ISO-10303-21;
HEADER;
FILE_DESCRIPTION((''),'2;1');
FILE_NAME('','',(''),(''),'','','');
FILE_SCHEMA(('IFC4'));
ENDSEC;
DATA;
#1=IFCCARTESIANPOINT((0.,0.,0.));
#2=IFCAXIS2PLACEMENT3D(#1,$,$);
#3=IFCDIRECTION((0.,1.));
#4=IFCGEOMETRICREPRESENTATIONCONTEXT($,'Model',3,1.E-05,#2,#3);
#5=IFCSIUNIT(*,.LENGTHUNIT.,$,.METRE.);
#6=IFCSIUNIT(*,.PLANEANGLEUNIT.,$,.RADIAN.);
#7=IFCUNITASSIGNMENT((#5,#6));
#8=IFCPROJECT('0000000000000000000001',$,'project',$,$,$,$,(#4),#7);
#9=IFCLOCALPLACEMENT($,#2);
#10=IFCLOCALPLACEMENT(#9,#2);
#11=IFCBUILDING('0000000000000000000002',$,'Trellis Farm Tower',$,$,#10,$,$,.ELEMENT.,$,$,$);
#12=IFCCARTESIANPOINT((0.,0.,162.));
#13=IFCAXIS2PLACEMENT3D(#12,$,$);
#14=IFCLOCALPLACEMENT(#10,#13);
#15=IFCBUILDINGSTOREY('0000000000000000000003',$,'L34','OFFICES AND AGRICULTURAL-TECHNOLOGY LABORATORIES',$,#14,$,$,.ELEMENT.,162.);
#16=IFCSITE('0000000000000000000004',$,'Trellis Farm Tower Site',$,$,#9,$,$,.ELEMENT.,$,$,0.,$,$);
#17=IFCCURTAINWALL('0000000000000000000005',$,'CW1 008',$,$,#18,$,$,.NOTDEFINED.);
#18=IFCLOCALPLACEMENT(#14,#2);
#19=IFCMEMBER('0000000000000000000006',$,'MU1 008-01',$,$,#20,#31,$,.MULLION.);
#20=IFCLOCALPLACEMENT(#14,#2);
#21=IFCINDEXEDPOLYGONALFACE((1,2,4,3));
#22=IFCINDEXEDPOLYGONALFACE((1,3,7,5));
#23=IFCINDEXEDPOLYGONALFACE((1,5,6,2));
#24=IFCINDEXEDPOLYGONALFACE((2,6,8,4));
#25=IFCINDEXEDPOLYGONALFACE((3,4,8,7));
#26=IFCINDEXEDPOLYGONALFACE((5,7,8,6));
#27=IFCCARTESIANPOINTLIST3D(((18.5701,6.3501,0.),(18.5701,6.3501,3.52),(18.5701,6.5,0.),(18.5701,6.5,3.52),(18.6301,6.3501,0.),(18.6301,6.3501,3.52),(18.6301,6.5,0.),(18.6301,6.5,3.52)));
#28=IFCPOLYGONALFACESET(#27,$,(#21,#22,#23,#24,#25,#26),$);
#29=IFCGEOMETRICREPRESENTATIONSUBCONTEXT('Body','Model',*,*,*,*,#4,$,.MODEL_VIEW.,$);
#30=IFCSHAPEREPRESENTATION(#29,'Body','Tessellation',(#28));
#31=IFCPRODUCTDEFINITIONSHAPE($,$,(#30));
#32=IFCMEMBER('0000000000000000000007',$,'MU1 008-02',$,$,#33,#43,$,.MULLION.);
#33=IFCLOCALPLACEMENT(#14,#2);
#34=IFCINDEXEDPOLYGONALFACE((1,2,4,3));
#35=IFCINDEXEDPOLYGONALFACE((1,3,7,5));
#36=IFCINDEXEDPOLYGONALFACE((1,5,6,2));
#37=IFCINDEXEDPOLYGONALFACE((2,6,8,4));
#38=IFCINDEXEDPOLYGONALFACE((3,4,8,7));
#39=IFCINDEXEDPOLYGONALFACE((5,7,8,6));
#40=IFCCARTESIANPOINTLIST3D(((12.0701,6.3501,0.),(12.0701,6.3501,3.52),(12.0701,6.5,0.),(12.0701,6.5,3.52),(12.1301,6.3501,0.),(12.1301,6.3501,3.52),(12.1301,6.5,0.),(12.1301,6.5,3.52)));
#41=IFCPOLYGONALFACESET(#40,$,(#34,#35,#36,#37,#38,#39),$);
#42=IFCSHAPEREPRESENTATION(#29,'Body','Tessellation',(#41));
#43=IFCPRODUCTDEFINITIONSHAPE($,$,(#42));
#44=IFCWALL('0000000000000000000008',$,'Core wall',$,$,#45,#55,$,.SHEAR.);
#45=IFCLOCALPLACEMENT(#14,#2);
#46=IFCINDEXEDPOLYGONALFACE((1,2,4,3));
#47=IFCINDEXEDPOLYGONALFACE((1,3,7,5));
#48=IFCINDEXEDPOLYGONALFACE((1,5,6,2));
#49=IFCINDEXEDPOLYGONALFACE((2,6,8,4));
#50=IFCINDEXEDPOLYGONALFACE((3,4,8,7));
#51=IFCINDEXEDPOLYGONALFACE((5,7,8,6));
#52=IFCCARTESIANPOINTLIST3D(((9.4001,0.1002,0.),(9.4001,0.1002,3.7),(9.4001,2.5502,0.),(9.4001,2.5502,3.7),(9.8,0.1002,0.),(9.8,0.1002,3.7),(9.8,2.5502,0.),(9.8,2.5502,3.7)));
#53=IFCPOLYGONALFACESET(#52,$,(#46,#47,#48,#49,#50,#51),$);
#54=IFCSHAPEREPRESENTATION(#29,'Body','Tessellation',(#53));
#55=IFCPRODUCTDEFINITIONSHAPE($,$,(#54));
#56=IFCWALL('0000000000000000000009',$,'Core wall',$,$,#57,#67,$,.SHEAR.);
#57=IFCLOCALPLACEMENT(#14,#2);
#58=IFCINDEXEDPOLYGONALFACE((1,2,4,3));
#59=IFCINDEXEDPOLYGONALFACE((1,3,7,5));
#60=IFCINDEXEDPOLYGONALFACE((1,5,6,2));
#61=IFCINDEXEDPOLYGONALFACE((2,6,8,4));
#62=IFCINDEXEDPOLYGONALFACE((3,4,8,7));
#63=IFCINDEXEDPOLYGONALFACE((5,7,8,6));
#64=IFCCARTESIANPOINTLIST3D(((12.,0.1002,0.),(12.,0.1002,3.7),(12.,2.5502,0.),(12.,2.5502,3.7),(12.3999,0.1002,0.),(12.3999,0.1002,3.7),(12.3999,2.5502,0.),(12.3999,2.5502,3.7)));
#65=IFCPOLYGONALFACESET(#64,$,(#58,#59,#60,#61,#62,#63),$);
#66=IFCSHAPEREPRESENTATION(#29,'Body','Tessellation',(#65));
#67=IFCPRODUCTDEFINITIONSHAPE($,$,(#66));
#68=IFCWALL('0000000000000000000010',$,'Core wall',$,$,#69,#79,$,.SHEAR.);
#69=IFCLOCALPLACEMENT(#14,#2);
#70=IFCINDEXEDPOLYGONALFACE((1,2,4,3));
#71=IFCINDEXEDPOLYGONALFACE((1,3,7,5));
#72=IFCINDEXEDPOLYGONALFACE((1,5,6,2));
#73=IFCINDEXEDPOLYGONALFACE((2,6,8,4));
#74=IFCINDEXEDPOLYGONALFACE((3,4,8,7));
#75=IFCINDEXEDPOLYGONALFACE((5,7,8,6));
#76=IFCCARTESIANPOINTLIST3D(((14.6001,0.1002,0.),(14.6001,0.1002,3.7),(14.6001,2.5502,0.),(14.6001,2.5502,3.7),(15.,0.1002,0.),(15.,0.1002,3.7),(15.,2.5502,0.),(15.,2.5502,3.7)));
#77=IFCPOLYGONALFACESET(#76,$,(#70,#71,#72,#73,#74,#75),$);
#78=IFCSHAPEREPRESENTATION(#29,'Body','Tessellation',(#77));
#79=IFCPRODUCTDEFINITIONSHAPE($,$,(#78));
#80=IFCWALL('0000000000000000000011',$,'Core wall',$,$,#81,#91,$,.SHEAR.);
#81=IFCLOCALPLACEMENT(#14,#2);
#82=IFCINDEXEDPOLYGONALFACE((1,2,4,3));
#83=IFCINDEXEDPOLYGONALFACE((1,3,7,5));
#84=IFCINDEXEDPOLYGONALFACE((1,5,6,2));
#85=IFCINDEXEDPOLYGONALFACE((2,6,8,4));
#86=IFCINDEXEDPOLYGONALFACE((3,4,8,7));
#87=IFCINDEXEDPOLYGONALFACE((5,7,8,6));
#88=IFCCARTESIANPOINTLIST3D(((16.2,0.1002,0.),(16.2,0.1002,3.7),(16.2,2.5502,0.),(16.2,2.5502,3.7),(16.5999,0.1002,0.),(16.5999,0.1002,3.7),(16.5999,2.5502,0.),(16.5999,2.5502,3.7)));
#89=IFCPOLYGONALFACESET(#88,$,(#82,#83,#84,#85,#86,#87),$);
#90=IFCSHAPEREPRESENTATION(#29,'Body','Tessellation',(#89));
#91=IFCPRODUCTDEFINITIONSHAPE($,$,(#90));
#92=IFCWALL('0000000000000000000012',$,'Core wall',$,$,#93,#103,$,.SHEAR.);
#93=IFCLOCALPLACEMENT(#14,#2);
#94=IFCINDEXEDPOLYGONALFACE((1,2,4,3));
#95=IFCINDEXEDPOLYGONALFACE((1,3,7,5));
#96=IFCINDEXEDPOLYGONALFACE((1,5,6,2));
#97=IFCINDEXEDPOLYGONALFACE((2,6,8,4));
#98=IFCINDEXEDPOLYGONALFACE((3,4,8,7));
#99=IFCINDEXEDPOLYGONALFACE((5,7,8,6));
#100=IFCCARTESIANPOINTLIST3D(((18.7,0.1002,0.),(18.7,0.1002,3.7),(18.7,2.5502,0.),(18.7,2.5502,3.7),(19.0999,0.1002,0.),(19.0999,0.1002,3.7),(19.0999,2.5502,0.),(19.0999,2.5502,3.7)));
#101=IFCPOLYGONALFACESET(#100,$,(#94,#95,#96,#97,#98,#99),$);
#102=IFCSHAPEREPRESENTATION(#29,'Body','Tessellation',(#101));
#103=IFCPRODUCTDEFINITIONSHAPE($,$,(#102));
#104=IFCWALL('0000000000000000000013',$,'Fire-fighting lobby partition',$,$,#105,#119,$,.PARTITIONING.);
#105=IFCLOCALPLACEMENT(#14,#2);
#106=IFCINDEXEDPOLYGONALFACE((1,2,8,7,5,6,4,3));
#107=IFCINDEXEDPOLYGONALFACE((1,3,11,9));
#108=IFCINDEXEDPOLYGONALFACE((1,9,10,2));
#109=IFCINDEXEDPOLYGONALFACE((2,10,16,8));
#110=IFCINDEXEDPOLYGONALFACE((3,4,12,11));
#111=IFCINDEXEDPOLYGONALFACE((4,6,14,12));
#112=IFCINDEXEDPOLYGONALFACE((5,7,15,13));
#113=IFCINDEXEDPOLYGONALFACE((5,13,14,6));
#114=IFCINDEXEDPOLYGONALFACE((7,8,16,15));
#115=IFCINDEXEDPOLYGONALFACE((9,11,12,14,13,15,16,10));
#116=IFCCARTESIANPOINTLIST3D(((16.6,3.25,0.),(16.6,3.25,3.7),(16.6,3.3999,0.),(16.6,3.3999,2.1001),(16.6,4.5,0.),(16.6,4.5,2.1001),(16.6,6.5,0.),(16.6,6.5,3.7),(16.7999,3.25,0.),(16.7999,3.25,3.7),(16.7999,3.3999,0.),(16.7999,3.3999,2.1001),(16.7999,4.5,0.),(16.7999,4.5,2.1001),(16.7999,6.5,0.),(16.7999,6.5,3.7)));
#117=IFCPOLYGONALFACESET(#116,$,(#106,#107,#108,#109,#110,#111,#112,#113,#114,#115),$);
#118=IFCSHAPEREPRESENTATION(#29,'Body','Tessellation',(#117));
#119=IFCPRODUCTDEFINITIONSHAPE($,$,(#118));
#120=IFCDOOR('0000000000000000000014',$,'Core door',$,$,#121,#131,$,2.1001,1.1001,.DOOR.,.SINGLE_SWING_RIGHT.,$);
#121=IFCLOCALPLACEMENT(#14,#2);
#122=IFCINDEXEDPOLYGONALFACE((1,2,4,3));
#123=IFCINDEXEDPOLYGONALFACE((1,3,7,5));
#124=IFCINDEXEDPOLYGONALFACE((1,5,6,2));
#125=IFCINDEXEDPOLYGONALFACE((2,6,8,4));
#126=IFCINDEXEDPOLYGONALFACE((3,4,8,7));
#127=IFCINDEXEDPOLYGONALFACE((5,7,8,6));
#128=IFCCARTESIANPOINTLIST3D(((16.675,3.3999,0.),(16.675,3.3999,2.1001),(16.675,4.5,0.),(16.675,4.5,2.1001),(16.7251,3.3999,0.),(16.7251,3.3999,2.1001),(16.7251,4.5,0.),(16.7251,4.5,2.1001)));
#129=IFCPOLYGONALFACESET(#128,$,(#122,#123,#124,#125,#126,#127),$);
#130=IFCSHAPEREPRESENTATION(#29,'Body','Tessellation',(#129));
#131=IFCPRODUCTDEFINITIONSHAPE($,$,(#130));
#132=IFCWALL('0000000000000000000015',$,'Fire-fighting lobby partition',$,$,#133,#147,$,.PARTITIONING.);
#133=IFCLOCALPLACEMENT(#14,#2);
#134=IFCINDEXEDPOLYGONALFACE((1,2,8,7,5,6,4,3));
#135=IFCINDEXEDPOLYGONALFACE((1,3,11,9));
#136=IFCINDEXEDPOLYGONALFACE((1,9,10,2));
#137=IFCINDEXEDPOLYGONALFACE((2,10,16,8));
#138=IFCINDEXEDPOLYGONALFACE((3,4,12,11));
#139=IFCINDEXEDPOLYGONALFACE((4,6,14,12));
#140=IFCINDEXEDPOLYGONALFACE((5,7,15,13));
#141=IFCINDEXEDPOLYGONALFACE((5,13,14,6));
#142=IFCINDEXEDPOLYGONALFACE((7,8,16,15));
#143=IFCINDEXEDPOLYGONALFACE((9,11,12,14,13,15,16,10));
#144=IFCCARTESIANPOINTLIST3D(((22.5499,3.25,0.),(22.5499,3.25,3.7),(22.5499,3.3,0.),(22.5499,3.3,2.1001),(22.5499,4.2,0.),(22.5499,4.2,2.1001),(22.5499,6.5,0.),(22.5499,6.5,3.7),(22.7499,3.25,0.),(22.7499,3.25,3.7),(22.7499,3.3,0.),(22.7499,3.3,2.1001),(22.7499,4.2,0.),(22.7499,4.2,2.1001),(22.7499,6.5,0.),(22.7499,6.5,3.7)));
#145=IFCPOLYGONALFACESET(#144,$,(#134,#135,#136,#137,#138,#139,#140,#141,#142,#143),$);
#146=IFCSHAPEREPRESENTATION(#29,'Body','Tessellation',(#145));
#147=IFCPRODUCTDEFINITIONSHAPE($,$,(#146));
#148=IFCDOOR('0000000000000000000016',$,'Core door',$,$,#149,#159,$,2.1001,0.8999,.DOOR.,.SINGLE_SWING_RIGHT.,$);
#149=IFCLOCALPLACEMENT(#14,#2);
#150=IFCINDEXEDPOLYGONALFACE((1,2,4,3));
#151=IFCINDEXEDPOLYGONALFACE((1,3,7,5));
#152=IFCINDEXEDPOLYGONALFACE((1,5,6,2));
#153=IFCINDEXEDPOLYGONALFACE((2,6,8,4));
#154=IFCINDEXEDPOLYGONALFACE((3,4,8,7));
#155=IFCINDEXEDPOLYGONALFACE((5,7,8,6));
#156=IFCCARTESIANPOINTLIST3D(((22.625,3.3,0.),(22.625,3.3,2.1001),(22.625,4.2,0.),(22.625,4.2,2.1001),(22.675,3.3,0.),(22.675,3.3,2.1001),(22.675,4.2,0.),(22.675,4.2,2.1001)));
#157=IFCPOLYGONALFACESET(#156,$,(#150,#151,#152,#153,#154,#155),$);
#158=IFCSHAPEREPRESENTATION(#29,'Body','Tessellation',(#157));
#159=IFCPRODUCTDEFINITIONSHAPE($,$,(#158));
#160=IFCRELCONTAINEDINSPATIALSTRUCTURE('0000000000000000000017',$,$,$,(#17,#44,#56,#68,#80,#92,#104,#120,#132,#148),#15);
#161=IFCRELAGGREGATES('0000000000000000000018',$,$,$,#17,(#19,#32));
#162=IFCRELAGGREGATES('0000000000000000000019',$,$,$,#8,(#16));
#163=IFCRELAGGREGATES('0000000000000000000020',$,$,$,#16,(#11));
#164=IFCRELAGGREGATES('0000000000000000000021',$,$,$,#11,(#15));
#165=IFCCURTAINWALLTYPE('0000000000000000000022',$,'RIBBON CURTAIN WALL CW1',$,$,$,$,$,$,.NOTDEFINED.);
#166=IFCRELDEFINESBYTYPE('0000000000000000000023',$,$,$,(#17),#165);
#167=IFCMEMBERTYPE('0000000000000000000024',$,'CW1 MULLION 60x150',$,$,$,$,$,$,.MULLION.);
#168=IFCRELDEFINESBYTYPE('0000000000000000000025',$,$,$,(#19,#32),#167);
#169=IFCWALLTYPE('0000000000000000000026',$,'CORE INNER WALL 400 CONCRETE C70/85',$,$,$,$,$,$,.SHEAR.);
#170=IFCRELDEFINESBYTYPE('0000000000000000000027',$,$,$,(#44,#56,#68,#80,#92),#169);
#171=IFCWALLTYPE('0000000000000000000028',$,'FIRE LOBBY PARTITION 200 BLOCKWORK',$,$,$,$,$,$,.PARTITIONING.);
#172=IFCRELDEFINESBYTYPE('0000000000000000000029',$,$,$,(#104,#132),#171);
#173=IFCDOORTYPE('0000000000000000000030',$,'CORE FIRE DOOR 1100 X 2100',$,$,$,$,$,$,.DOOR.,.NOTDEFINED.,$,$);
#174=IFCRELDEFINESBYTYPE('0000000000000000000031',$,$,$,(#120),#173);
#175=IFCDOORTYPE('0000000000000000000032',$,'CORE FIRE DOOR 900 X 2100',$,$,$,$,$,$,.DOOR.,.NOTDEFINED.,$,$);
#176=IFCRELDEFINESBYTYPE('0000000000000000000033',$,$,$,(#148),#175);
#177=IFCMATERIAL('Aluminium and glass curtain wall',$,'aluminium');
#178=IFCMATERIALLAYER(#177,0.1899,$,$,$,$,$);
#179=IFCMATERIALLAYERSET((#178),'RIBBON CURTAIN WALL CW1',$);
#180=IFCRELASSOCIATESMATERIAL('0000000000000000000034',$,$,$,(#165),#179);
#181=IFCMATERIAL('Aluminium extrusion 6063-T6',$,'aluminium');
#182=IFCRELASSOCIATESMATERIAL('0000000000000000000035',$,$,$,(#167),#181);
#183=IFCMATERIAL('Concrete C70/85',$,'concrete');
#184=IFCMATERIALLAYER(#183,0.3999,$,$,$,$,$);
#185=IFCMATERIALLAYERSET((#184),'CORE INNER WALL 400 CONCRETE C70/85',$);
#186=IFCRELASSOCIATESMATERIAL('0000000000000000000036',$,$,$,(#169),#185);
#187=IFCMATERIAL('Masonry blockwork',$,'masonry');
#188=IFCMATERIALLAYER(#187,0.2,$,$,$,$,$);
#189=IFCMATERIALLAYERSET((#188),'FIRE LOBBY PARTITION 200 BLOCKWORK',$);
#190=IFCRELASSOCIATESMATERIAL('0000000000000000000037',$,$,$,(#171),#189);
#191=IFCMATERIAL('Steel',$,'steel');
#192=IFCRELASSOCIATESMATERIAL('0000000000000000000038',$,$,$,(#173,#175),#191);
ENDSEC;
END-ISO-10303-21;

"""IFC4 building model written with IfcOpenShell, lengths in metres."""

from ifc_helpers import new_model, si_unit, direction, frame, frame_2d, origin, origin_2d, place, context, subcontext, project, spatial, rectangle, extrude, source, transform, mapped, material, layer, layer_set, material_profile, profile_set, type_object, element, fill, aggregate, save


model = new_model("IFC4")

# Units and contexts
model_context = context("Model", 3, precision=1e-05, world=origin(), true_north=direction((0.0, 1.0)))
body_context = subcontext(model_context, "Body", "Model", "MODEL_VIEW")
ifc_project = project(units=[si_unit("LENGTHUNIT", "METRE"), si_unit("PLANEANGLEUNIT", "RADIAN")], contexts=[model_context])

# Site, building, storey
site_placement = place(None, origin())
site = spatial("IfcSite", under=ifc_project, at=site_placement, Name="Trellis Farm Tower Site", CompositionType="ELEMENT", RefElevation=0.0)
building_placement = place(site_placement, origin())
building = spatial("IfcBuilding", under=site, at=building_placement, Name="Trellis Farm Tower", CompositionType="ELEMENT")
storey_placement = place(building_placement, frame((0.0, 0.0, 162.0)))
storey = spatial("IfcBuildingStorey", under=building, at=storey_placement, Name="L34", Description="OFFICES AND AGRICULTURAL-TECHNOLOGY LABORATORIES", CompositionType="ELEMENT", Elevation=162.0)

# Shared definitions
ifc_material_1 = material(Name="Concrete C70/85", Category="concrete")

# Curtain wall, members
ifc_material_2 = material(Name="Aluminium and glass curtain wall", Category="aluminium")
ifc_layer_1 = layer(ifc_material_2, 0.1899)
ifc_layer_set_1 = layer_set([ifc_layer_1], Name="RIBBON CURTAIN WALL CW1")
curtain_wall_type = type_object("IfcCurtainWallType", Name="RIBBON CURTAIN WALL CW1", PredefinedType="NOTDEFINED", material=ifc_layer_set_1)
placement = place(storey_placement, origin())
ifc_material_3 = material(Name="Aluminium extrusion 6063-T6", Category="aluminium")
ifc_material_profile_1 = material_profile(ifc_material_3, rectangle(XDim=0.0601, YDim=0.1499, at=origin_2d()), Name="MULLION 60x150")
ifc_profile_set_1 = profile_set([ifc_material_profile_1], Name="Aluminium extrusion 6063-T6")
member_type = type_object("IfcMemberType", Name="CW1 MULLION 60x150", PredefinedType="MULLION", material=ifc_profile_set_1)
shared_shape_1 = source(origin(), body_context, "Body", "SweptSolid", [
    extrude(rectangle(XDim=0.0601, YDim=0.1499, at=origin_2d()), origin(), (0.0, 0.0, 1.0), 3.52),
])
curtain_wall_1 = element("IfcCurtainWall", 1, at=placement, inside=storey, type_object=curtain_wall_type, Name="CW1 008", PredefinedType="NOTDEFINED")
member_1_placement = place(storey_placement, frame((18.6001, 6.425, 0.0), z_axis=(0.0, 0.0, 1.0), x_axis=(-1.0, 0.0, 0.0)))
member_1 = element("IfcMember", 2, at=member_1_placement, type_object=member_type, Name="MU1 008-01", PredefinedType="MULLION", context=body_context, shape_type="MappedRepresentation", body=[
    mapped(shared_shape_1, transform((0.0, 0.0, 0.0))),
])
member_2_placement = place(storey_placement, frame((12.1001, 6.425, 0.0), z_axis=(0.0, 0.0, 1.0), x_axis=(-1.0, 0.0, 0.0)))
member_2 = element("IfcMember", 3, at=member_2_placement, type_object=member_type, Name="MU1 008-02", PredefinedType="MULLION", context=body_context, shape_type="MappedRepresentation", body=[
    mapped(shared_shape_1, transform((0.0, 0.0, 0.0))),
])
aggregate(curtain_wall_1, [member_1, member_2])

# Walls
ifc_layer_2 = layer(ifc_material_1, 0.3999)
ifc_layer_set_2 = layer_set([ifc_layer_2], Name="CORE INNER WALL 400 CONCRETE C70/85")
wall_type_1 = type_object("IfcWallType", Name="CORE INNER WALL 400 CONCRETE C70/85", PredefinedType="SHEAR", material=ifc_layer_set_2)
shared_shape_2 = source(origin(), body_context, "Body", "SweptSolid", [
    extrude(rectangle(XDim=2.45, YDim=0.3999, at=frame_2d((1.2251, 0.0))), origin(), (0.0, 0.0, 1.0), 3.7),
])
for number, where, z_axis, x_axis, name in (
    (4, (9.6001, 0.1001, 0.0), (0.0, 0.0, 1.0), (0.0, 1.0, 0.0), "Core wall"),
    (5, (12.2, 0.1001, 0.0), (0.0, 0.0, 1.0), (0.0, 1.0, 0.0), "Core wall"),
    (6, (14.8, 0.1001, 0.0), (0.0, 0.0, 1.0), (0.0, 1.0, 0.0), "Core wall"),
    (7, (16.3999, 0.1001, 0.0), (0.0, 0.0, 1.0), (0.0, 1.0, 0.0), "Core wall"),
    (8, (18.8999, 0.1001, 0.0), (0.0, 0.0, 1.0), (0.0, 1.0, 0.0), "Core wall"),
):
    element("IfcWall", number, at=place(storey_placement, frame(where, z_axis=z_axis, x_axis=x_axis)), inside=storey, type_object=wall_type_1, Name=name, PredefinedType="SHEAR", context=body_context, shape_type="MappedRepresentation", body=[
        mapped(shared_shape_2, transform((0.0, 0.0, 0.0))),
    ])

# Walls, openings, doors
ifc_material_4 = material(Name="Masonry blockwork", Category="masonry")
ifc_layer_3 = layer(ifc_material_4, 0.2)
ifc_layer_set_3 = layer_set([ifc_layer_3], Name="FIRE LOBBY PARTITION 200 BLOCKWORK")
wall_type_2 = type_object("IfcWallType", Name="FIRE LOBBY PARTITION 200 BLOCKWORK", PredefinedType="PARTITIONING", material=ifc_layer_set_3)
shared_shape_3 = source(origin(), body_context, "Body", "SweptSolid", [
    extrude(rectangle(XDim=3.25, YDim=0.2, at=frame_2d((1.625, 0.0))), origin(), (0.0, 0.0, 1.0), 3.7),
])
wall_1_placement = place(storey_placement, frame((16.7, 3.25, 0.0), z_axis=(0.0, 0.0, 1.0), x_axis=(0.0, 1.0, 0.0)))
wall_1 = element("IfcWall", 9, at=wall_1_placement, inside=storey, type_object=wall_type_2, Name="Fire-fighting lobby partition", PredefinedType="PARTITIONING", context=body_context, shape_type="MappedRepresentation", body=[
    mapped(shared_shape_3, transform((0.0, 0.0, 0.0))),
])
shared_shape_4 = source(origin(), body_context, "Body", "SweptSolid", [
    extrude(rectangle(XDim=1.1001, YDim=2.1001, at=frame_2d((0.55, 1.05))), frame((0.0, 0.1101, 0.0), z_axis=(0.0, -1.0, 0.0), x_axis=(1.0, 0.0, 0.0)), (0.0, 0.0, 1.0), 0.2202),
])
opening_1_placement = place(wall_1_placement, frame((0.1499, 0.0, 0.0)))
opening_1 = element("IfcOpeningElement", 10, at=opening_1_placement, cuts=wall_1, PredefinedType="OPENING", context=body_context, shape_type="MappedRepresentation", body=[
    mapped(shared_shape_4, transform((0.0, 0.0, 0.0))),
])
ifc_material_5 = material(Name="Steel", Category="steel")
door_type_1 = type_object("IfcDoorType", Name="CORE FIRE DOOR 1100 X 2100", OperationType="NOTDEFINED", PredefinedType="DOOR", material=ifc_material_5)
shared_shape_5 = source(origin(), body_context, "Body", "SweptSolid", [
    extrude(rectangle(XDim=1.1001, YDim=2.1001, at=frame_2d((0.55, 1.05))), frame((0.0, 0.0249, 0.0), z_axis=(0.0, -1.0, 0.0), x_axis=(1.0, 0.0, 0.0)), (0.0, 0.0, 1.0), 0.05),
])
door_1_placement = place(opening_1_placement, origin())
door_1 = element("IfcDoor", 11, at=door_1_placement, inside=storey, type_object=door_type_1, Name="Core door", OperationType="SINGLE_SWING_RIGHT", OverallHeight=2.1001, OverallWidth=1.1001, PredefinedType="DOOR", context=body_context, shape_type="MappedRepresentation", body=[
    mapped(shared_shape_5, transform((0.0, 0.0, 0.0))),
])
fill(opening_1, door_1)
wall_2_placement = place(storey_placement, frame((22.6499, 3.25, 0.0), z_axis=(0.0, 0.0, 1.0), x_axis=(0.0, 1.0, 0.0)))
wall_2 = element("IfcWall", 12, at=wall_2_placement, inside=storey, type_object=wall_type_2, Name="Fire-fighting lobby partition", PredefinedType="PARTITIONING", context=body_context, shape_type="MappedRepresentation", body=[
    mapped(shared_shape_3, transform((0.0, 0.0, 0.0))),
])
shared_shape_6 = source(origin(), body_context, "Body", "SweptSolid", [
    extrude(rectangle(XDim=0.8999, YDim=2.1001, at=frame_2d((0.45, 1.05))), frame((0.0, 0.1101, 0.0), z_axis=(0.0, -1.0, 0.0), x_axis=(1.0, 0.0, 0.0)), (0.0, 0.0, 1.0), 0.2202),
])
opening_2_placement = place(wall_2_placement, frame((0.05, 0.0, 0.0)))
opening_2 = element("IfcOpeningElement", 13, at=opening_2_placement, cuts=wall_2, PredefinedType="OPENING", context=body_context, shape_type="MappedRepresentation", body=[
    mapped(shared_shape_6, transform((0.0, 0.0, 0.0))),
])
door_type_2 = type_object("IfcDoorType", Name="CORE FIRE DOOR 900 X 2100", OperationType="NOTDEFINED", PredefinedType="DOOR", material=ifc_material_5)
shared_shape_7 = source(origin(), body_context, "Body", "SweptSolid", [
    extrude(rectangle(XDim=0.8999, YDim=2.1001, at=frame_2d((0.45, 1.05))), frame((0.0, 0.0249, 0.0), z_axis=(0.0, -1.0, 0.0), x_axis=(1.0, 0.0, 0.0)), (0.0, 0.0, 1.0), 0.05),
])
door_2_placement = place(opening_2_placement, origin())
door_2 = element("IfcDoor", 14, at=door_2_placement, inside=storey, type_object=door_type_2, Name="Core door", OperationType="SINGLE_SWING_RIGHT", OverallHeight=2.1001, OverallWidth=0.8999, PredefinedType="DOOR", context=body_context, shape_type="MappedRepresentation", body=[
    mapped(shared_shape_7, transform((0.0, 0.0, 0.0))),
])
fill(opening_2, door_2)

save(model, "model.ifc")
